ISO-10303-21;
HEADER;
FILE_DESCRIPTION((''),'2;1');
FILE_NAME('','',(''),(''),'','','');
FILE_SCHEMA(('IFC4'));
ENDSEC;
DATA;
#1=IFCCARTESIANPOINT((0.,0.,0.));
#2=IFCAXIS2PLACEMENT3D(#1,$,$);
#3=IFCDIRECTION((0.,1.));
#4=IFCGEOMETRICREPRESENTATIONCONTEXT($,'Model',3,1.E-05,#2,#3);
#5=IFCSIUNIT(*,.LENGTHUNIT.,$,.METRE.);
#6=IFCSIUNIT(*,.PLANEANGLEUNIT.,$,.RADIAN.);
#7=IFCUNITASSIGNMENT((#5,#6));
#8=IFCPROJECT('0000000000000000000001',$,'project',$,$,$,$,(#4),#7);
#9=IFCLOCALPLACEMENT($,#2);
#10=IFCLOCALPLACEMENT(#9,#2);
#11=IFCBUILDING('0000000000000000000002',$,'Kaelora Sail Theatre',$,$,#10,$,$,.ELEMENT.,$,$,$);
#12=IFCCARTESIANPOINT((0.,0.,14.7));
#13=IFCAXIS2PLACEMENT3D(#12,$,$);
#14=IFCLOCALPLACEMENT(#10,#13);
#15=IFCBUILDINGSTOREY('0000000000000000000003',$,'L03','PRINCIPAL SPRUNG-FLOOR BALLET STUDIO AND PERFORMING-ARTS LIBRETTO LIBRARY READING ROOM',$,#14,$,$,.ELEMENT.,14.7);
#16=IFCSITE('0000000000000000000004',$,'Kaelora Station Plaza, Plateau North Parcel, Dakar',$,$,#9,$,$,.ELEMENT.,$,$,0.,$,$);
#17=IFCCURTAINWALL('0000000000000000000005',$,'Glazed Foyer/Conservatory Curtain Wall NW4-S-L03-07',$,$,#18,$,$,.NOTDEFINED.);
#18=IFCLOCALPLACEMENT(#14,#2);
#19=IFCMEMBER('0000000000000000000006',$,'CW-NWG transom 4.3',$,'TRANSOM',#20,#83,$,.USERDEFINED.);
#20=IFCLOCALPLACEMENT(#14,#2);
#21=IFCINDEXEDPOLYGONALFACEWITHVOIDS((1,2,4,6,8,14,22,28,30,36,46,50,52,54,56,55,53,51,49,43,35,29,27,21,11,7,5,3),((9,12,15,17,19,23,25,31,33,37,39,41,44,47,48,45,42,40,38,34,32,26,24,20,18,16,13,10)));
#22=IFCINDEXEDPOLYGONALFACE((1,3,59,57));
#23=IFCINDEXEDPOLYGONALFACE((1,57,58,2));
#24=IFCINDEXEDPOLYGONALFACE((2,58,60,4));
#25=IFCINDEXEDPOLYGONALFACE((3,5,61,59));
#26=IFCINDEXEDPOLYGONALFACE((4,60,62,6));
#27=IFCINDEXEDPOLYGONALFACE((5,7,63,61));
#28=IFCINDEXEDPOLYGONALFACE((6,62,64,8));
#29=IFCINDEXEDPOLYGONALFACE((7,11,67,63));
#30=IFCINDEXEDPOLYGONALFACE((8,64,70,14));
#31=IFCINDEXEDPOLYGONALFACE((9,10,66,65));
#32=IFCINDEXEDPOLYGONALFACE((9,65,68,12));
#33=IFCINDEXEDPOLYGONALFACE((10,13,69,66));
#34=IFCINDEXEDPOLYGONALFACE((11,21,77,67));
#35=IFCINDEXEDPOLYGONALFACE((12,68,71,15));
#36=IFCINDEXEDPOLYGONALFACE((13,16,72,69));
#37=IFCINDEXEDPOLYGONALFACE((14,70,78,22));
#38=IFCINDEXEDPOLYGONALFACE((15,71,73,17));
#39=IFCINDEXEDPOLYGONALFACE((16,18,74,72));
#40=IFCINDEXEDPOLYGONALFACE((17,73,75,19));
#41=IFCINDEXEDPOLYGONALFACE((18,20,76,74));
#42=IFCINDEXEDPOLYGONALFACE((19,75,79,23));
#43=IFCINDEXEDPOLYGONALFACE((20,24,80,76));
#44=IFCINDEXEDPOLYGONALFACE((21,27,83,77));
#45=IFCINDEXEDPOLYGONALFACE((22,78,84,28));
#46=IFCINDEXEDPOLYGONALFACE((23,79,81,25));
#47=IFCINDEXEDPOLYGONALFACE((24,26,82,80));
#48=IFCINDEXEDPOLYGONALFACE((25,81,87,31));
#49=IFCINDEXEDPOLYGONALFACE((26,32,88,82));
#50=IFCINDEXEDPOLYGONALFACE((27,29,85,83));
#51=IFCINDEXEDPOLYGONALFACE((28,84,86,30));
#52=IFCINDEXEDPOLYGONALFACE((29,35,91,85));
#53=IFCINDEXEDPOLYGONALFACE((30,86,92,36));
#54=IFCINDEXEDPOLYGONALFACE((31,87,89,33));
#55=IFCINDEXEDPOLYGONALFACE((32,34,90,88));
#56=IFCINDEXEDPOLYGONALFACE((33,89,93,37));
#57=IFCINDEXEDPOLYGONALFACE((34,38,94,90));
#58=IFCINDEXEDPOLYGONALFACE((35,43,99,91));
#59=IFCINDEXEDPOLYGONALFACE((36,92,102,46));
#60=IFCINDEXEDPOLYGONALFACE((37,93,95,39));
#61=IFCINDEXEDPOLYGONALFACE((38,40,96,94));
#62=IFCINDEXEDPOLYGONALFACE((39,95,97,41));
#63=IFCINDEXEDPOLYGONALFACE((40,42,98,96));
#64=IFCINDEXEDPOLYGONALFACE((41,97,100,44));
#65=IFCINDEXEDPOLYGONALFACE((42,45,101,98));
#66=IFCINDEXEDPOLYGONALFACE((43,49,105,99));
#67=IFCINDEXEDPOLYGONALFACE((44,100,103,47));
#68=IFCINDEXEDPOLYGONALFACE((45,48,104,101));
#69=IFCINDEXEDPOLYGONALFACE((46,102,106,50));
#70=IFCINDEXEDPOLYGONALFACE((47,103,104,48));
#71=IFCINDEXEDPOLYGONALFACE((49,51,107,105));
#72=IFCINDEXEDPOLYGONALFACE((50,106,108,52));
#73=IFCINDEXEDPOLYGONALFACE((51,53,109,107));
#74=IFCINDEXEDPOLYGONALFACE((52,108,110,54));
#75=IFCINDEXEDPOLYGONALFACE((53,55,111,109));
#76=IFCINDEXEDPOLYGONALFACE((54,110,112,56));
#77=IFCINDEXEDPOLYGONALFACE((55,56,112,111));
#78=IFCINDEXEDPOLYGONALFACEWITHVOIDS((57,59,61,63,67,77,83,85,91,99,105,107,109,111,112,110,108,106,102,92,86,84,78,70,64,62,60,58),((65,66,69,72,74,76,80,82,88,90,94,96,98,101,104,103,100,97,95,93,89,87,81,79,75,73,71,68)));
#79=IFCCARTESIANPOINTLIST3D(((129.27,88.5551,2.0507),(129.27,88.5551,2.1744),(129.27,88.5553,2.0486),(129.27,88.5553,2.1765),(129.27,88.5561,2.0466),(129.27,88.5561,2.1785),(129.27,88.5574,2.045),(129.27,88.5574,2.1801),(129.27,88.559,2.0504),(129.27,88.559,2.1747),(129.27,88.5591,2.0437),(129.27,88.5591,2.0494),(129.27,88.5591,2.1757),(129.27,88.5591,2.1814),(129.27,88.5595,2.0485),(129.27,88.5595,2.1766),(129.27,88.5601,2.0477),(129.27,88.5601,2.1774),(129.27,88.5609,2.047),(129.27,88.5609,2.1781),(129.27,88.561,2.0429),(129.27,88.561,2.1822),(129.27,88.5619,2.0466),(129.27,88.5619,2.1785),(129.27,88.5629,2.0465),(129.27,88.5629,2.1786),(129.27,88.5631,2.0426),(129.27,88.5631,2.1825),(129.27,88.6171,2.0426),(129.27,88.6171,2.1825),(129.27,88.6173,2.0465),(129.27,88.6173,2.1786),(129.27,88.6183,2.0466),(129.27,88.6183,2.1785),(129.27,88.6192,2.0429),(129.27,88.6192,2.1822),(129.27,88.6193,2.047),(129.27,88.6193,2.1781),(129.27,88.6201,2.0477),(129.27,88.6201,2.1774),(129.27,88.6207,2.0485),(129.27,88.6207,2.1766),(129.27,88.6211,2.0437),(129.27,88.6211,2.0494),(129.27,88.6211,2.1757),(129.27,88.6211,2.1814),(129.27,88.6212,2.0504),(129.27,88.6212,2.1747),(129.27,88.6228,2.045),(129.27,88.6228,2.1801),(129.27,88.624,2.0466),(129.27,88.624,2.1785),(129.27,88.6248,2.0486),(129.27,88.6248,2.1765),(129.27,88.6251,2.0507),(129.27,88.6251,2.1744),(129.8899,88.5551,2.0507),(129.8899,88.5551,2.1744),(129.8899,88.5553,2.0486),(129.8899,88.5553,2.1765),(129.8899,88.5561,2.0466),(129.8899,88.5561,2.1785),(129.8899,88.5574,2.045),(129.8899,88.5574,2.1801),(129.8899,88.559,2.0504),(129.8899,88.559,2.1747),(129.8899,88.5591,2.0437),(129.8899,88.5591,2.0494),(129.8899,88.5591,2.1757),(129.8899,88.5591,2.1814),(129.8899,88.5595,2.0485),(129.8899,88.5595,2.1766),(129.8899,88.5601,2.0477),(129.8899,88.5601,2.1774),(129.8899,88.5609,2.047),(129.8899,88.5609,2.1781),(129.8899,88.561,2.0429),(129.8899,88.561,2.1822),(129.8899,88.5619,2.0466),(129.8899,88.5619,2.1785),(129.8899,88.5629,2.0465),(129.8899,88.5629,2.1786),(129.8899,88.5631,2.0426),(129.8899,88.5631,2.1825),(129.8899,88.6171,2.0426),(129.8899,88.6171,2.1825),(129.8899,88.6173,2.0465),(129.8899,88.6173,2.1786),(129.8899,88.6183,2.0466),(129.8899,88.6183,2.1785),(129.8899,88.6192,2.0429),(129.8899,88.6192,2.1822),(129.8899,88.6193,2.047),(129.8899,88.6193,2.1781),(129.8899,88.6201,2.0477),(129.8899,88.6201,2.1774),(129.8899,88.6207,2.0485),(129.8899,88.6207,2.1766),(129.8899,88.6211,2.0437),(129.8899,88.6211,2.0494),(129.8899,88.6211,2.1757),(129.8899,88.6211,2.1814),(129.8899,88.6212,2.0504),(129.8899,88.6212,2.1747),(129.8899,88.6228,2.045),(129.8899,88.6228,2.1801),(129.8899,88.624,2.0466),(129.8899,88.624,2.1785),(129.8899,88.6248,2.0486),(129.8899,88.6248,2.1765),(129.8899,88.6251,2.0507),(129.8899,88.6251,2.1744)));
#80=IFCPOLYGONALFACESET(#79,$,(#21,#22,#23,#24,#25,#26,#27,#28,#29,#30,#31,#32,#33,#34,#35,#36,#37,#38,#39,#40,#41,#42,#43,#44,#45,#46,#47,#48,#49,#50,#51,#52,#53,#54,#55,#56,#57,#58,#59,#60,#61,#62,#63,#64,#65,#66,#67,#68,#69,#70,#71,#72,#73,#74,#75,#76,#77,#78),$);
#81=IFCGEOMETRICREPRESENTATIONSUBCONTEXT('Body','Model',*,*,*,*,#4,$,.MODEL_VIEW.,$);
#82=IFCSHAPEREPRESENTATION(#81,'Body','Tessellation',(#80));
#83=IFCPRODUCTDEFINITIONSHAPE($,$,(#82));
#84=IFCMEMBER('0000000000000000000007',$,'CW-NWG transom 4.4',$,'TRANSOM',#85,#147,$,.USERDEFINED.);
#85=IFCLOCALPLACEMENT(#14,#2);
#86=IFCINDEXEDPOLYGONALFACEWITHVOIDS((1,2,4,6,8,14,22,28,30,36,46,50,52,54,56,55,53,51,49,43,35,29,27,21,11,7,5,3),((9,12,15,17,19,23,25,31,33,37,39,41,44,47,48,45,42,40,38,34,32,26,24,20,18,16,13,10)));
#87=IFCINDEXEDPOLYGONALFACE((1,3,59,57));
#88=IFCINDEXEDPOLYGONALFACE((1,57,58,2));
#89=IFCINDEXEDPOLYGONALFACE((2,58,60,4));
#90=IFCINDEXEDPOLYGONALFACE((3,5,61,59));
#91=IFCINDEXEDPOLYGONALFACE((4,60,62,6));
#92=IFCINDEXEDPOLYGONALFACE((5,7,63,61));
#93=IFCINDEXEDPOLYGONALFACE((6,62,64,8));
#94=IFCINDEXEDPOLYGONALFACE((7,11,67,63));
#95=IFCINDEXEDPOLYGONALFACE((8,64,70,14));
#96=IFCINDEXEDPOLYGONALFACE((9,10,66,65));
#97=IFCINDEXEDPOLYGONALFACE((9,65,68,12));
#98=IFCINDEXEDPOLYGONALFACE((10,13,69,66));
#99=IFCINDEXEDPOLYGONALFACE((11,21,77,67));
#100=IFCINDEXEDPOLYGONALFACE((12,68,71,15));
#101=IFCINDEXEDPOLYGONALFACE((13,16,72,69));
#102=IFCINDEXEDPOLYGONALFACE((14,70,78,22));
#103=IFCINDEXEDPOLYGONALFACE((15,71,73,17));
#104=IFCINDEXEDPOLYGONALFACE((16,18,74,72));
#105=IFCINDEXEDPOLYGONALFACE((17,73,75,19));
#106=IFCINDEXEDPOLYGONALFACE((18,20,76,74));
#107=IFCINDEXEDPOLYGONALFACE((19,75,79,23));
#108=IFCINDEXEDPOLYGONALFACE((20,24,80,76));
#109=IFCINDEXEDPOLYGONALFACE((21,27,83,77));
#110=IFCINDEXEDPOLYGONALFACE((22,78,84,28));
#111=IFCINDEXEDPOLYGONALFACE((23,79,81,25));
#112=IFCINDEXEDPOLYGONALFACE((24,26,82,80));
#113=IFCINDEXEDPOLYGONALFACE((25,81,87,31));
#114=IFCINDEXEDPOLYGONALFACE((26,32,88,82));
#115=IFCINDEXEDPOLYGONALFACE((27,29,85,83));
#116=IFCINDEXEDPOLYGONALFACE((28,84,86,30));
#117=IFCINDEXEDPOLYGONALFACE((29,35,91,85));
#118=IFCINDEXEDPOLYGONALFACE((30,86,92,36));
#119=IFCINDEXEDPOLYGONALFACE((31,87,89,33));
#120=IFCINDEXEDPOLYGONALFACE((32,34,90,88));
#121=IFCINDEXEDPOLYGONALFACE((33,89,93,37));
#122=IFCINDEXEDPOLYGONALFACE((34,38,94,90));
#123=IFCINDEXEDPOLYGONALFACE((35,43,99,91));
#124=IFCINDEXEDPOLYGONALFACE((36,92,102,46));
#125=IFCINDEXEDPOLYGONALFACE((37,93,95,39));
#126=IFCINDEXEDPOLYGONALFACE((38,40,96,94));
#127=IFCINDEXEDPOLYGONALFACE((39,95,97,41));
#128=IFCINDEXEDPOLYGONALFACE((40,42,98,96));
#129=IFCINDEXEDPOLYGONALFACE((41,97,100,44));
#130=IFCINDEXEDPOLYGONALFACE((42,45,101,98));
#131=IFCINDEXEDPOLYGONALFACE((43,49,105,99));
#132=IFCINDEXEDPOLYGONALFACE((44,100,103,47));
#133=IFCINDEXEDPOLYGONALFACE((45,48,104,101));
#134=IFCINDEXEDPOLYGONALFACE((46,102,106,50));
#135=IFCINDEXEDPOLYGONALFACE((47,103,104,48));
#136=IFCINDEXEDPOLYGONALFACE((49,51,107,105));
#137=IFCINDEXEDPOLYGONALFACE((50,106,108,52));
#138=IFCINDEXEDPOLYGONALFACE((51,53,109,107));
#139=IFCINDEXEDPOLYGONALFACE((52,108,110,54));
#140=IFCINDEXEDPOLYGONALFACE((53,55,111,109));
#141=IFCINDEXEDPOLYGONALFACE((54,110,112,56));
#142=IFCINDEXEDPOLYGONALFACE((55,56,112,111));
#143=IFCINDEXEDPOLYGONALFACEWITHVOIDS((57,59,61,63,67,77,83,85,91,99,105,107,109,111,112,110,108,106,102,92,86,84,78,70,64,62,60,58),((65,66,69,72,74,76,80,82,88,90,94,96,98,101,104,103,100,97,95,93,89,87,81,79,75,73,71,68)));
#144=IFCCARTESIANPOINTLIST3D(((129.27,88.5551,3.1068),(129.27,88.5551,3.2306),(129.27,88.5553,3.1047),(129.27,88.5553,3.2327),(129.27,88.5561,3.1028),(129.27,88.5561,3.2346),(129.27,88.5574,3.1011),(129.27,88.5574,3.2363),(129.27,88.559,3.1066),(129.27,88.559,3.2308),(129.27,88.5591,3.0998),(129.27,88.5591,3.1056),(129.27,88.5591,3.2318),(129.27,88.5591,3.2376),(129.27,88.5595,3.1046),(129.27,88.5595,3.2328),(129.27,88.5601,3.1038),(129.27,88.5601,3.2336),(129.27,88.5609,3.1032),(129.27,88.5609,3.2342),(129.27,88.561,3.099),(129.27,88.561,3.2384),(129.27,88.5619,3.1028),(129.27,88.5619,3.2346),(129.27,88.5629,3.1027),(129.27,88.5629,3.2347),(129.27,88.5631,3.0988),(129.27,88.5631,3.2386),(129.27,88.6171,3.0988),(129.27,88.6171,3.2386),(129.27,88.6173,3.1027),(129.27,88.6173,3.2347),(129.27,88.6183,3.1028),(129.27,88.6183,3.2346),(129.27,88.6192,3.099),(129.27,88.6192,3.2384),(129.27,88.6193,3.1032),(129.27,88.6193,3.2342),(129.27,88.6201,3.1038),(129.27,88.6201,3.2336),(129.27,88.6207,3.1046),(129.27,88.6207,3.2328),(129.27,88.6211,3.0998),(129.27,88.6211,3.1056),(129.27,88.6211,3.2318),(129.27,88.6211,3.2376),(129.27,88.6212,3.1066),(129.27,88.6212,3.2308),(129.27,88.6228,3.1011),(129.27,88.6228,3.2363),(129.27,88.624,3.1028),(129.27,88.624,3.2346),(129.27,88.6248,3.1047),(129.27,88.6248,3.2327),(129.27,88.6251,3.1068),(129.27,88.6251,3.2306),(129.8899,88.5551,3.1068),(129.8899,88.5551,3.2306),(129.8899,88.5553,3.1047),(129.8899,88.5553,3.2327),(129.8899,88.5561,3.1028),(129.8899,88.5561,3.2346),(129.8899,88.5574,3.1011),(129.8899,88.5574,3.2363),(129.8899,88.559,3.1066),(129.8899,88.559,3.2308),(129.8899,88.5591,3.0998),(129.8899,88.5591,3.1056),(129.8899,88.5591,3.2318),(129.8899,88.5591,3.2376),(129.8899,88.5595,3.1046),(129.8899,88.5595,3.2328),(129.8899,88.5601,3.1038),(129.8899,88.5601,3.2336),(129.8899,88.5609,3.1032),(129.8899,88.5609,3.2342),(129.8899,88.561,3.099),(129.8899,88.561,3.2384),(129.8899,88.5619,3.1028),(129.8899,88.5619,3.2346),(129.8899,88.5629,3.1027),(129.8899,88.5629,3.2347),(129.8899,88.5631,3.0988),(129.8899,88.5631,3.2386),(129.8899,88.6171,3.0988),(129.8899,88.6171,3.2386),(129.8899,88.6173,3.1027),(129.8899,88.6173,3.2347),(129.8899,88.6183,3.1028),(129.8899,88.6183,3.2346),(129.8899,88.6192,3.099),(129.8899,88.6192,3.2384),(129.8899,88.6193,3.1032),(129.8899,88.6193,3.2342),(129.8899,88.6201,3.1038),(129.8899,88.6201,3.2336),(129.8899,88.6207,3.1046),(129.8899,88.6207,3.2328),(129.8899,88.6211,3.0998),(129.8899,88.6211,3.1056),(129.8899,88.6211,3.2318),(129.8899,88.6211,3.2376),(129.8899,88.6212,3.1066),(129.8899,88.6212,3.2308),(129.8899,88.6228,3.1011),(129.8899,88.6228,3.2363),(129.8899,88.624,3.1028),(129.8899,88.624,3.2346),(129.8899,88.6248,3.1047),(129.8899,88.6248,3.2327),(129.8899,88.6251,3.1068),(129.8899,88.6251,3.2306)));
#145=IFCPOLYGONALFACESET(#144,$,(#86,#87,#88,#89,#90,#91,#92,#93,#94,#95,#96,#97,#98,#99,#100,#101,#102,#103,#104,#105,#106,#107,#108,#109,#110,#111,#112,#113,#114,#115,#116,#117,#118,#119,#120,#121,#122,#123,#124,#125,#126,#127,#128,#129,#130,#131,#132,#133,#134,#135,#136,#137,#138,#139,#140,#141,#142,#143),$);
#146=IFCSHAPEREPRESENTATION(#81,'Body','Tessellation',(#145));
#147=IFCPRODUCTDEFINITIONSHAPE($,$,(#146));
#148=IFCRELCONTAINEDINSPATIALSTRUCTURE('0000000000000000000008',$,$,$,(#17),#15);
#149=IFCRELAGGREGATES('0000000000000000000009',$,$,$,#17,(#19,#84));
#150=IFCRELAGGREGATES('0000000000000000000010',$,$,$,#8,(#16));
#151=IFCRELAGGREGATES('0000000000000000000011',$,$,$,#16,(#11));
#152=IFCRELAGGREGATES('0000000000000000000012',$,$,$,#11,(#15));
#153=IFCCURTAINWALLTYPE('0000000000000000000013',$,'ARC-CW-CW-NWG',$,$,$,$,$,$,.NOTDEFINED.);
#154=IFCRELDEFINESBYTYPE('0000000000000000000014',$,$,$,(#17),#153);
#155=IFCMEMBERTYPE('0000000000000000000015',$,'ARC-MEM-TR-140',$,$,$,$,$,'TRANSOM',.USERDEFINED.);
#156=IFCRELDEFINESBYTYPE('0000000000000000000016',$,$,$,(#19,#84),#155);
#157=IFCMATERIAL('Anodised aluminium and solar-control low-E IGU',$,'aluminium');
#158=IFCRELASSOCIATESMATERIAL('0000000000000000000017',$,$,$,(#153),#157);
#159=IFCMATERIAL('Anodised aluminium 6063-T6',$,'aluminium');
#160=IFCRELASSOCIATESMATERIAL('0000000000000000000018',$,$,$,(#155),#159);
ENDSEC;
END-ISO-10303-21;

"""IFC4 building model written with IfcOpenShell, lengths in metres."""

from ifc_helpers import new_model, si_unit, direction, frame, origin, origin_2d, place, context, subcontext, project, spatial, hollow_rectangle, extrude, material, material_profile, profile_set, type_object, element, aggregate, save


model = new_model("IFC4")

# Units and contexts
model_context = context("Model", 3, precision=1e-05, world=origin(), true_north=direction((0.0, 1.0)))
body_context = subcontext(model_context, "Body", "Model", "MODEL_VIEW")
ifc_project = project(units=[si_unit("LENGTHUNIT", "METRE"), si_unit("PLANEANGLEUNIT", "RADIAN")], contexts=[model_context])

# Site, building, storey
site_placement = place(None, origin())
site = spatial("IfcSite", under=ifc_project, at=site_placement, Name="Kaelora Station Plaza, Plateau North Parcel, Dakar", CompositionType="ELEMENT", RefElevation=0.0)
building_placement = place(site_placement, origin())
building = spatial("IfcBuilding", under=site, at=building_placement, Name="Kaelora Sail Theatre", CompositionType="ELEMENT")
storey_placement = place(building_placement, frame((0.0, 0.0, 14.7)))
storey = spatial("IfcBuildingStorey", under=building, at=storey_placement, Name="L03", Description="PRINCIPAL SPRUNG-FLOOR BALLET STUDIO AND PERFORMING-ARTS LIBRETTO LIBRARY READING ROOM", CompositionType="ELEMENT", Elevation=14.7)

# Curtain wall, members
ifc_material_1 = material(Name="Anodised aluminium and solar-control low-E IGU", Category="aluminium")
curtain_wall_type = type_object("IfcCurtainWallType", Name="ARC-CW-CW-NWG", PredefinedType="NOTDEFINED", material=ifc_material_1)
ifc_material_2 = material(Name="Anodised aluminium 6063-T6", Category="aluminium")
ifc_material_profile = material_profile(ifc_material_2, hollow_rectangle(XDim=0.0701, YDim=0.1399, WallThickness=0.0039, InnerFilletRadius=0.0039, OuterFilletRadius=0.0081, at=origin_2d()), Name="ALU-TRAN 70x140x4")
ifc_profile_set = profile_set([ifc_material_profile], Name="Anodised aluminium 6063-T6")
member_type = type_object("IfcMemberType", Name="ARC-MEM-TR-140", ElementType="TRANSOM", PredefinedType="USERDEFINED", material=ifc_profile_set)
curtain_wall_1_placement = place(storey_placement, origin())
curtain_wall_1 = element("IfcCurtainWall", 1, at=curtain_wall_1_placement, inside=storey, type_object=curtain_wall_type, Name="Glazed Foyer/Conservatory Curtain Wall NW4-S-L03-07", PredefinedType="NOTDEFINED")
member_1_placement = place(storey_placement, frame((129.27, 88.5901, 2.1125), z_axis=(1.0, 0.0, 0.0), x_axis=(0.0, 1.0, 0.0)))
member_1 = element("IfcMember", 2, at=member_1_placement, type_object=member_type, Name="CW-NWG transom 4.3", ObjectType="TRANSOM", PredefinedType="USERDEFINED", context=body_context, shape_type="SweptSolid", body=[
    extrude(hollow_rectangle(XDim=0.0701, YDim=0.1399, WallThickness=0.0039, InnerFilletRadius=0.0039, OuterFilletRadius=0.0081, at=origin_2d()), origin(), (0.0, 0.0, 1.0), 0.6199),
])
member_2_placement = place(storey_placement, frame((129.27, 88.5901, 3.1687), z_axis=(1.0, 0.0, 0.0), x_axis=(0.0, 1.0, 0.0)))
member_2 = element("IfcMember", 3, at=member_2_placement, type_object=member_type, Name="CW-NWG transom 4.4", ObjectType="TRANSOM", PredefinedType="USERDEFINED", context=body_context, shape_type="SweptSolid", body=[
    extrude(hollow_rectangle(XDim=0.0701, YDim=0.1399, WallThickness=0.0039, InnerFilletRadius=0.0039, OuterFilletRadius=0.0081, at=origin_2d()), origin(), (0.0, 0.0, 1.0), 0.6199),
])

aggregate(curtain_wall_1, [member_1, member_2])

save(model, "model.ifc")
